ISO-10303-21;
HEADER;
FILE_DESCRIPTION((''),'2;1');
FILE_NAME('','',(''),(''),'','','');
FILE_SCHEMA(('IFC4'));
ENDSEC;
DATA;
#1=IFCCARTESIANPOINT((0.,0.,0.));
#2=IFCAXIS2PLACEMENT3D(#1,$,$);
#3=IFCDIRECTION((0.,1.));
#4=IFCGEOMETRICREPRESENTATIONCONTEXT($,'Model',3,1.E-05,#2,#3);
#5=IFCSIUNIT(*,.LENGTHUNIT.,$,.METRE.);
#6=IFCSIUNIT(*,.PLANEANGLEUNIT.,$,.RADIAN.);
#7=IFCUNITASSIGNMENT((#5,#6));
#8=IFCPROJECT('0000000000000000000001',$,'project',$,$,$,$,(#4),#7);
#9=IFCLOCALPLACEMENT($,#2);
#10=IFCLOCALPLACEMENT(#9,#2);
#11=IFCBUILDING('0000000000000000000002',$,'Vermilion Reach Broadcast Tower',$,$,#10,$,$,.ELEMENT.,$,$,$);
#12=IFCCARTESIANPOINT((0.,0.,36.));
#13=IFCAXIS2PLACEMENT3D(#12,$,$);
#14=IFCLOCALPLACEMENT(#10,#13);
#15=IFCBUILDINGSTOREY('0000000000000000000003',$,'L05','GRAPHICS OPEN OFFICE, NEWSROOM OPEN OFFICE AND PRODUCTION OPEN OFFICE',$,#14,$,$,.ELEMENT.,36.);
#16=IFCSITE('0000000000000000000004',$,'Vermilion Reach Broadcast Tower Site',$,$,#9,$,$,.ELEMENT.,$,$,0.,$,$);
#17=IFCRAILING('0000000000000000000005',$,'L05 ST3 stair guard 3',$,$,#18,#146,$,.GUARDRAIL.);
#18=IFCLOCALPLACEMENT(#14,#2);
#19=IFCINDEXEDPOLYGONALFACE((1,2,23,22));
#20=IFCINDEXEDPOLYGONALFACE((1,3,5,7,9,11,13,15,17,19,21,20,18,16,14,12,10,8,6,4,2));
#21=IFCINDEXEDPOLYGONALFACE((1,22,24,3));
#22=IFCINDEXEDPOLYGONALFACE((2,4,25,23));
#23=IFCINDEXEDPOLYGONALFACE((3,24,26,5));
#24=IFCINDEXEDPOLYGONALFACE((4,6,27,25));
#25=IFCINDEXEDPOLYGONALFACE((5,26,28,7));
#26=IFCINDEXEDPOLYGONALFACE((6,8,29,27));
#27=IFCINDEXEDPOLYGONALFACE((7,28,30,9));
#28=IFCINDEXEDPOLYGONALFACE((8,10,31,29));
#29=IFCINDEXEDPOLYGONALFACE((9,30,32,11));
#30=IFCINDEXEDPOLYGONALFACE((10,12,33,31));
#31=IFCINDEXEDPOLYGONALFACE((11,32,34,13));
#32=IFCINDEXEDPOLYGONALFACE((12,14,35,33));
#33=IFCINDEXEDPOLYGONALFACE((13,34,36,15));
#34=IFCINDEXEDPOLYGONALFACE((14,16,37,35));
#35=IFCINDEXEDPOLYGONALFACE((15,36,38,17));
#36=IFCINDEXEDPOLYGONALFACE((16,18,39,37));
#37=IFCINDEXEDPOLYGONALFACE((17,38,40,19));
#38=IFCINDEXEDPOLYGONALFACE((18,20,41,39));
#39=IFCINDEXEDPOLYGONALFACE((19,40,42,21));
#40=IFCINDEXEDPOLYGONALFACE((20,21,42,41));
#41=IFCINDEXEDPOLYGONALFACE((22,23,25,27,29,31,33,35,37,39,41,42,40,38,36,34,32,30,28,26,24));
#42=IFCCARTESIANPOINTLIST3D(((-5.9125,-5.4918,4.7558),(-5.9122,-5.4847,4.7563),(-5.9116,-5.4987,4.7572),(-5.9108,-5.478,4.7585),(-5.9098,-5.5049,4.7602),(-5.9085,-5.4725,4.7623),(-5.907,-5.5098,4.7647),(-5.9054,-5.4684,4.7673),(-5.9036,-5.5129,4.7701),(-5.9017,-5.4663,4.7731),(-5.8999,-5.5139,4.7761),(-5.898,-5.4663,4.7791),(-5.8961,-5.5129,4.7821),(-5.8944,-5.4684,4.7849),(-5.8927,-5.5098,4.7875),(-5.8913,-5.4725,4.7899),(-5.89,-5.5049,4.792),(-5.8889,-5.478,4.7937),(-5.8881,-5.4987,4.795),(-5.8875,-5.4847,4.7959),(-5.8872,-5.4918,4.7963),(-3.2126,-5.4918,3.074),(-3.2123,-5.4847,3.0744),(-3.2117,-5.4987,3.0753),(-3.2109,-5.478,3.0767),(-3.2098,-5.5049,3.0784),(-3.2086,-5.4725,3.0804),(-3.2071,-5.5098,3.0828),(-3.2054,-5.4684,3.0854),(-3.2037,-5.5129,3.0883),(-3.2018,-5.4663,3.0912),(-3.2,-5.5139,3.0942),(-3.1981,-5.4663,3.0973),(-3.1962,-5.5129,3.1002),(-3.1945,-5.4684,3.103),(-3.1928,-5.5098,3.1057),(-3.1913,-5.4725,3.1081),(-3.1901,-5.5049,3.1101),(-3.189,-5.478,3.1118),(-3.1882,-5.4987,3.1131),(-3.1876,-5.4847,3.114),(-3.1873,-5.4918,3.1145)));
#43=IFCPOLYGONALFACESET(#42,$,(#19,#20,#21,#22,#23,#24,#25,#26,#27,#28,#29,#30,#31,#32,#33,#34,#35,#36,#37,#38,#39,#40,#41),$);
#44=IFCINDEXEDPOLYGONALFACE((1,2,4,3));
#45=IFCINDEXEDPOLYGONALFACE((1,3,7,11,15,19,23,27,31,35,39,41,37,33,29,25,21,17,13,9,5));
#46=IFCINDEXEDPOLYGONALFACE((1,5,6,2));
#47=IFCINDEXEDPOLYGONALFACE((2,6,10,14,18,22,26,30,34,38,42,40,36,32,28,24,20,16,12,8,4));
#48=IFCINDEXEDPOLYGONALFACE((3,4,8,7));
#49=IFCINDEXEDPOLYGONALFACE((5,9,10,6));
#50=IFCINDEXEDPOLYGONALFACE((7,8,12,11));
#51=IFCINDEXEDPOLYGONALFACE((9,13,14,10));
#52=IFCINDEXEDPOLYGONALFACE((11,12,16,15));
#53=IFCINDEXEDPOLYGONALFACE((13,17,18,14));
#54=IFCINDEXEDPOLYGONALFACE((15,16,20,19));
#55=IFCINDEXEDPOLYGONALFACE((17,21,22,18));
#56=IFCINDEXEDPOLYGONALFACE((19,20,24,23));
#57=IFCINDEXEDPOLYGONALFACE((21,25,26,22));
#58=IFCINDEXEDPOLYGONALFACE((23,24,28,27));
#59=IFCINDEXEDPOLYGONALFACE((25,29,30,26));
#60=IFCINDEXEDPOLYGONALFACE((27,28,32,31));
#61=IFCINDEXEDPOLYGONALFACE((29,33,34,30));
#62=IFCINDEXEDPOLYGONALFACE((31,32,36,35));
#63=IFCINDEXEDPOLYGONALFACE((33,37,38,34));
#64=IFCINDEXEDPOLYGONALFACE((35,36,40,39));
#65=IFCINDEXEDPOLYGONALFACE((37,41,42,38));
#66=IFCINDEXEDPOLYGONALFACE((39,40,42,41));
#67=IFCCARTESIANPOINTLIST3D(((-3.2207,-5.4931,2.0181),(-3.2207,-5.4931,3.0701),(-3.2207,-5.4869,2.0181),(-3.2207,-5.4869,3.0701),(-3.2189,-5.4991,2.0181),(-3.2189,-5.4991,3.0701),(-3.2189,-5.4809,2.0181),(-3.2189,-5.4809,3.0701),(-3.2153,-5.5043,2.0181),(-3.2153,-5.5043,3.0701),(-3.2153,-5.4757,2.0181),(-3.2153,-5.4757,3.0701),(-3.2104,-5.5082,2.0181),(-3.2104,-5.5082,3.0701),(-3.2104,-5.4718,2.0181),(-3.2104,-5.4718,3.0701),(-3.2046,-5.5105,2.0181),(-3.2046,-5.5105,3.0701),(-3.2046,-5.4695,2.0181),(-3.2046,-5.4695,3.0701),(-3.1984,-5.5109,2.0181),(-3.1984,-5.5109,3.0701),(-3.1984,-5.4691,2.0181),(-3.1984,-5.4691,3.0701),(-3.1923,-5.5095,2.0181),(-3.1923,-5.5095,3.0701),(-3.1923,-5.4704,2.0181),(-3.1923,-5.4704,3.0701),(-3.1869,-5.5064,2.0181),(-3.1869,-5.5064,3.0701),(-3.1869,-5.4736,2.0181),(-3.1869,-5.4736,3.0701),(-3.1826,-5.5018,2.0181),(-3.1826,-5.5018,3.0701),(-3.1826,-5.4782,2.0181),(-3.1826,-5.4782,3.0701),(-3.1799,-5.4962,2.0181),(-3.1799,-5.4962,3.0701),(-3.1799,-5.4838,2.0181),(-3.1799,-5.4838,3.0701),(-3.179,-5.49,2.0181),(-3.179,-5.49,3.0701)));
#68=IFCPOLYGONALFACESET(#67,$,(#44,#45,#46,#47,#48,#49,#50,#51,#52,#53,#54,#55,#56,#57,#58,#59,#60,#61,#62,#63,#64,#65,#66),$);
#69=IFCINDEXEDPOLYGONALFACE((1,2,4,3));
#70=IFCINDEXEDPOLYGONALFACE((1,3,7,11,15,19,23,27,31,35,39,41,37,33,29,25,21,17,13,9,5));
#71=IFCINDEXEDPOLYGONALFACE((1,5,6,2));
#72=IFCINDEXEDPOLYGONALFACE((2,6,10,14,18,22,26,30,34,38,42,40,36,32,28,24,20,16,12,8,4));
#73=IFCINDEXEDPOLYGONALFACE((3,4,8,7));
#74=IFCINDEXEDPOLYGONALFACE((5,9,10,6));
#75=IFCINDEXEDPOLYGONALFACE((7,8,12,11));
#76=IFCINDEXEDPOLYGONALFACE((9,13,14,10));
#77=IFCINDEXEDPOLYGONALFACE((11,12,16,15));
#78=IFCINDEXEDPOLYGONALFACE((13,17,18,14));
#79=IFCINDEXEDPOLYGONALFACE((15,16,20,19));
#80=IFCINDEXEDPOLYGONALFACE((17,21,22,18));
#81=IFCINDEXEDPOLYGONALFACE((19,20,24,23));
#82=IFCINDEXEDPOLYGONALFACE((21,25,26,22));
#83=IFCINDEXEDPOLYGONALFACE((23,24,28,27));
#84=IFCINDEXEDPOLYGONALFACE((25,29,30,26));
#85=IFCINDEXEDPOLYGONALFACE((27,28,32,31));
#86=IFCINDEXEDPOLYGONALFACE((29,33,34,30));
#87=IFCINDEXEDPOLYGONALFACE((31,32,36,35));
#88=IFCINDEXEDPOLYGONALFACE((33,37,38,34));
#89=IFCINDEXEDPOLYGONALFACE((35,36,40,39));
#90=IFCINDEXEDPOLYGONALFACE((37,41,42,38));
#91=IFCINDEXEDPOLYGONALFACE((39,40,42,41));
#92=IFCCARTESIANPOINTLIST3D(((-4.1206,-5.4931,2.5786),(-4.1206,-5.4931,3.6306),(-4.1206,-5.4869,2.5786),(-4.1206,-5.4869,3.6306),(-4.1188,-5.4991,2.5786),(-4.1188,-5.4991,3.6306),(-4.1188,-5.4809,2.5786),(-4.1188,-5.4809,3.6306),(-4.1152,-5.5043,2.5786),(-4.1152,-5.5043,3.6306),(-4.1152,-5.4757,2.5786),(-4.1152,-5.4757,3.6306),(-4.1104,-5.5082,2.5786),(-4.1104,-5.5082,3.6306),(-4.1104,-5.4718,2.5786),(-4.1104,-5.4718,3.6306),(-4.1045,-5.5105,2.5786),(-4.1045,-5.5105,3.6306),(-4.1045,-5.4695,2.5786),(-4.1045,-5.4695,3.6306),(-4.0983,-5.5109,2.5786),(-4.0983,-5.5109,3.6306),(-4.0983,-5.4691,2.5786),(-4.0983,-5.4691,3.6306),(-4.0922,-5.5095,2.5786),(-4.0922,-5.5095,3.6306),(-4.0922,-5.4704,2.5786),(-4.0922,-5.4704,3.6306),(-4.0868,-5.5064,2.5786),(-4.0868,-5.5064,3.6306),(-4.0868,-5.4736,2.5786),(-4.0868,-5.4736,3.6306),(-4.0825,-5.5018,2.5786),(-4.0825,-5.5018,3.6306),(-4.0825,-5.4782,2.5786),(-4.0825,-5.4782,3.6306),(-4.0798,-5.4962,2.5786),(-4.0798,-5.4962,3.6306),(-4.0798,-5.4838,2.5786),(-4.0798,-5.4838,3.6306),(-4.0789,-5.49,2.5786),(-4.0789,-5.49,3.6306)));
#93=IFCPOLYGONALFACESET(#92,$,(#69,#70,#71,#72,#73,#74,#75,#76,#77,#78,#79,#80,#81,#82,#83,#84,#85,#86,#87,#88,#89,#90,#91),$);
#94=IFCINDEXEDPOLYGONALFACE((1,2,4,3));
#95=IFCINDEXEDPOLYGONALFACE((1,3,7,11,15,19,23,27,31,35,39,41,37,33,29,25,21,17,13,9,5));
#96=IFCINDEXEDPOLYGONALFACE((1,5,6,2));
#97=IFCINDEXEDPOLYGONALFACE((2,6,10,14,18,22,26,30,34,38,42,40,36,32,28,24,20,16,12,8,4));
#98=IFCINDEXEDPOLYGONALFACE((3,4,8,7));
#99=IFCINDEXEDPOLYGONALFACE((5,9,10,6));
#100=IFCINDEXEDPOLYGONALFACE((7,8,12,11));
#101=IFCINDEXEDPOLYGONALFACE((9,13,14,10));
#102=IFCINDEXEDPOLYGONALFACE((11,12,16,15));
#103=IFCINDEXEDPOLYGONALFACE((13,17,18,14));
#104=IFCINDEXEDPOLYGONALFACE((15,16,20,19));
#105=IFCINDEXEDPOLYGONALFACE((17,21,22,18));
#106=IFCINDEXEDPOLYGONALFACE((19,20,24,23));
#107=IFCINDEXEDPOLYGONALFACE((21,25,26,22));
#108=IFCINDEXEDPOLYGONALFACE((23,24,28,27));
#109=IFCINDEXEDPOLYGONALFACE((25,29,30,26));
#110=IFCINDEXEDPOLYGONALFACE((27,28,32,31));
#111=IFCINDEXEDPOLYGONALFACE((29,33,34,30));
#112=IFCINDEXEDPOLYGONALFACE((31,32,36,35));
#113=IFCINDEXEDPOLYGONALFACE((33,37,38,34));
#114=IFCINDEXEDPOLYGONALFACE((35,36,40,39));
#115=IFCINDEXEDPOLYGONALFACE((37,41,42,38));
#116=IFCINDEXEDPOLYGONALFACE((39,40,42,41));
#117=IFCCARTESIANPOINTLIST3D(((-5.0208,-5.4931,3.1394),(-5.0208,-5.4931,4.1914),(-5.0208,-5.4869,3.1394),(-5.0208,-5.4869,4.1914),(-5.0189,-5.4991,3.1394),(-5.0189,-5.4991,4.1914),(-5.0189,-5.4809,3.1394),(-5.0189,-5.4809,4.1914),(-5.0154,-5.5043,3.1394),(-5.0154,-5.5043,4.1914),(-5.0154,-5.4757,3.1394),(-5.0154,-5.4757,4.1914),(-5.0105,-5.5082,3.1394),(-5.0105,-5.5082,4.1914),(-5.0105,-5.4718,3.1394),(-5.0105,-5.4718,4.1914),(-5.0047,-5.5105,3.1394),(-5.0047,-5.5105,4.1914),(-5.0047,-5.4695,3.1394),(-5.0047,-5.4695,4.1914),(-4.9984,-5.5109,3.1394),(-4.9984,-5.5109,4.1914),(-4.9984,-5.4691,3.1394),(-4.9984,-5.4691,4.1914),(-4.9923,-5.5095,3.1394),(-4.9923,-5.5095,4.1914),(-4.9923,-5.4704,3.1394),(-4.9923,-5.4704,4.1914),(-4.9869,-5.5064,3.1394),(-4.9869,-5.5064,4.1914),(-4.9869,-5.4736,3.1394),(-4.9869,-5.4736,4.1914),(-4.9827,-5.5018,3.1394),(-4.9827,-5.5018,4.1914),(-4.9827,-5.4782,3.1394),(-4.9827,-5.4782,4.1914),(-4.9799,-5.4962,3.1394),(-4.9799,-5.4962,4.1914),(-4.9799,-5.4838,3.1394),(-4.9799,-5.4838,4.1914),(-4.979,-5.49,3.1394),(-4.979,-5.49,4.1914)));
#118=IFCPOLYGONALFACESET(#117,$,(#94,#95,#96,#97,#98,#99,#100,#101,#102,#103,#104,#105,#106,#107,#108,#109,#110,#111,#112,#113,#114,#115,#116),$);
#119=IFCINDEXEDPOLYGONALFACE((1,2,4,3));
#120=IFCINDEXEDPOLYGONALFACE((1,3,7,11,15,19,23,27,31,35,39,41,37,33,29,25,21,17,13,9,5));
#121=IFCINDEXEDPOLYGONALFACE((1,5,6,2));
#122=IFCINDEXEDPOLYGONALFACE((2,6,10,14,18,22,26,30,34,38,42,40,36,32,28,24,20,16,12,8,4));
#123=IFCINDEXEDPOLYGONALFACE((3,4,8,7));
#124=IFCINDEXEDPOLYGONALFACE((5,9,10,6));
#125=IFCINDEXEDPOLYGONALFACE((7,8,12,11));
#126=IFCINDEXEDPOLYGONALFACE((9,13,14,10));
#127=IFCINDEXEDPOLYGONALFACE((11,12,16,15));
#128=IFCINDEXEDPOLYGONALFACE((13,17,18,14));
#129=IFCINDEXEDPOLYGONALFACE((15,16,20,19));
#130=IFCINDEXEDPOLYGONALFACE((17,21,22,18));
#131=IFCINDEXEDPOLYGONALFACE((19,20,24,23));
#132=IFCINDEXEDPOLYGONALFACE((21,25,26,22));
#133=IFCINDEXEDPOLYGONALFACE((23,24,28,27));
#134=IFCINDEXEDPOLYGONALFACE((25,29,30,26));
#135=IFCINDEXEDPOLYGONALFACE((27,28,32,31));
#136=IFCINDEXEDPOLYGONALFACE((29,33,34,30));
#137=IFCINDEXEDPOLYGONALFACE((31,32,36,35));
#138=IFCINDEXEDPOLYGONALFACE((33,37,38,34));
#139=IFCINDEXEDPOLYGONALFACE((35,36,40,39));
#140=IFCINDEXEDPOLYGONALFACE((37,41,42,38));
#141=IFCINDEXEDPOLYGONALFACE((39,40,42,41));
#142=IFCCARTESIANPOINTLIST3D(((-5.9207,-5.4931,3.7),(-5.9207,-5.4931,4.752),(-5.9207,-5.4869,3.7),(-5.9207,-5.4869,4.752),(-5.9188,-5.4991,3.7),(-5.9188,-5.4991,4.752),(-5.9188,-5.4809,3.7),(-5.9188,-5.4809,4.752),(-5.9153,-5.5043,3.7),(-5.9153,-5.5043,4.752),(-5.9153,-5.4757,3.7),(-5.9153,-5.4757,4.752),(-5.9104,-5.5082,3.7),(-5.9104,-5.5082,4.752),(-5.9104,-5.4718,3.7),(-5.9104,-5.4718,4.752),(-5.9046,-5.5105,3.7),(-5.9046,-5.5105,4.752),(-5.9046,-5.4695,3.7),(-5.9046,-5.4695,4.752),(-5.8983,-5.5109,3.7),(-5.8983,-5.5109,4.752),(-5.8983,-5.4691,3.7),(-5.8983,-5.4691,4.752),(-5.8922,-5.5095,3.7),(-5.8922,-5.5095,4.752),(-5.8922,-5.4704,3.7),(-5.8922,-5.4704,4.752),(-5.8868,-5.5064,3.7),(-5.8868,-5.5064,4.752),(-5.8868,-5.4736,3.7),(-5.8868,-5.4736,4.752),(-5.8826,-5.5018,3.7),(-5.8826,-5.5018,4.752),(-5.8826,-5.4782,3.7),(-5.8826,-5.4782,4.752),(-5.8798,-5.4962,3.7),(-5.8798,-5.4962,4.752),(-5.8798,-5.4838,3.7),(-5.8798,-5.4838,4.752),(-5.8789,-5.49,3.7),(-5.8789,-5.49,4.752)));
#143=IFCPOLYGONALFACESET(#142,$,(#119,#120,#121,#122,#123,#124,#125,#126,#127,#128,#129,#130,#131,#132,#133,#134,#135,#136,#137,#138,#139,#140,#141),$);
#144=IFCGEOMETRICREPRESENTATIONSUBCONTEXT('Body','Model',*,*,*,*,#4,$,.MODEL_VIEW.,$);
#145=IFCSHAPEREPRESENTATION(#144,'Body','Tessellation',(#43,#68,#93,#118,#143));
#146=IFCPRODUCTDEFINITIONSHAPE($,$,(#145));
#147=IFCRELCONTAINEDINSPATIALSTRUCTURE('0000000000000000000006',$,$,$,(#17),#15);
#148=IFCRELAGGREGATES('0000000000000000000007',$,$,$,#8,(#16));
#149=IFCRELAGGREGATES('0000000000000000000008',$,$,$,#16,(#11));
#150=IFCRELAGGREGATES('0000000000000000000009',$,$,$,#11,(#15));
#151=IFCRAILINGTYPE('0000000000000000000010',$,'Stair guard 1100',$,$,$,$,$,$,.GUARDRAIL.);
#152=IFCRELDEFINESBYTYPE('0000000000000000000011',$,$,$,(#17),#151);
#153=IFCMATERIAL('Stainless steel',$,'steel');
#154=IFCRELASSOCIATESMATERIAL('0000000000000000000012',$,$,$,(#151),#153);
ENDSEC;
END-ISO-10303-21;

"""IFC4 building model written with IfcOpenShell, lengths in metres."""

from ifc_helpers import new_model, si_unit, direction, frame, origin, origin_2d, place, context, subcontext, project, spatial, circle, extrude, material, type_object, element, save


model = new_model("IFC4")

# Units and contexts
model_context = context("Model", 3, precision=1e-05, world=origin(), true_north=direction((0.0, 1.0)))
body_context = subcontext(model_context, "Body", "Model", "MODEL_VIEW")
ifc_project = project(units=[si_unit("LENGTHUNIT", "METRE"), si_unit("PLANEANGLEUNIT", "RADIAN")], contexts=[model_context])

# Site, building, storey
site_placement = place(None, origin())
site = spatial("IfcSite", under=ifc_project, at=site_placement, Name="Vermilion Reach Broadcast Tower Site", CompositionType="ELEMENT", RefElevation=0.0)
building_placement = place(site_placement, origin())
building = spatial("IfcBuilding", under=site, at=building_placement, Name="Vermilion Reach Broadcast Tower", CompositionType="ELEMENT")
storey_placement = place(building_placement, frame((0.0, 0.0, 36.0)))
storey = spatial("IfcBuildingStorey", under=building, at=storey_placement, Name="L05", Description="GRAPHICS OPEN OFFICE, NEWSROOM OPEN OFFICE AND PRODUCTION OPEN OFFICE", CompositionType="ELEMENT", Elevation=36.0)

# Railing
ifc_material_1 = material(Name="Stainless steel", Category="steel")
railing_type_1 = type_object("IfcRailingType", Name="Stair guard 1100", PredefinedType="GUARDRAIL", material=ifc_material_1)
railing_1_placement = place(storey_placement, frame((-3.2, -5.49, 2.0181)))
element("IfcRailing", 1, at=railing_1_placement, inside=storey, type_object=railing_type_1, Name="L05 ST3 stair guard 3", PredefinedType="GUARDRAIL", context=body_context, shape_type="SweptSolid", body=[
    extrude(circle(Radius=0.0239, at=origin_2d()), frame((0.0, 0.0, 1.0762), z_axis=(-0.848786, 0.0, 0.528736), x_axis=(0.0, -1.0, 0.0)), (0.0, 0.0, 1.0), 3.1809),
    extrude(circle(Radius=0.021, at=origin_2d()), origin(), (0.0, 0.0, 1.0), 1.052),
    extrude(circle(Radius=0.021, at=origin_2d()), frame((-0.8999, 0.0, 0.5605)), (0.0, 0.0, 1.0), 1.052),
    extrude(circle(Radius=0.021, at=origin_2d()), frame((-1.8, 0.0, 1.1213)), (0.0, 0.0, 1.0), 1.052),
    extrude(circle(Radius=0.021, at=origin_2d()), frame((-2.7, 0.0, 1.6819)), (0.0, 0.0, 1.0), 1.052),
])

save(model, "model.ifc")
